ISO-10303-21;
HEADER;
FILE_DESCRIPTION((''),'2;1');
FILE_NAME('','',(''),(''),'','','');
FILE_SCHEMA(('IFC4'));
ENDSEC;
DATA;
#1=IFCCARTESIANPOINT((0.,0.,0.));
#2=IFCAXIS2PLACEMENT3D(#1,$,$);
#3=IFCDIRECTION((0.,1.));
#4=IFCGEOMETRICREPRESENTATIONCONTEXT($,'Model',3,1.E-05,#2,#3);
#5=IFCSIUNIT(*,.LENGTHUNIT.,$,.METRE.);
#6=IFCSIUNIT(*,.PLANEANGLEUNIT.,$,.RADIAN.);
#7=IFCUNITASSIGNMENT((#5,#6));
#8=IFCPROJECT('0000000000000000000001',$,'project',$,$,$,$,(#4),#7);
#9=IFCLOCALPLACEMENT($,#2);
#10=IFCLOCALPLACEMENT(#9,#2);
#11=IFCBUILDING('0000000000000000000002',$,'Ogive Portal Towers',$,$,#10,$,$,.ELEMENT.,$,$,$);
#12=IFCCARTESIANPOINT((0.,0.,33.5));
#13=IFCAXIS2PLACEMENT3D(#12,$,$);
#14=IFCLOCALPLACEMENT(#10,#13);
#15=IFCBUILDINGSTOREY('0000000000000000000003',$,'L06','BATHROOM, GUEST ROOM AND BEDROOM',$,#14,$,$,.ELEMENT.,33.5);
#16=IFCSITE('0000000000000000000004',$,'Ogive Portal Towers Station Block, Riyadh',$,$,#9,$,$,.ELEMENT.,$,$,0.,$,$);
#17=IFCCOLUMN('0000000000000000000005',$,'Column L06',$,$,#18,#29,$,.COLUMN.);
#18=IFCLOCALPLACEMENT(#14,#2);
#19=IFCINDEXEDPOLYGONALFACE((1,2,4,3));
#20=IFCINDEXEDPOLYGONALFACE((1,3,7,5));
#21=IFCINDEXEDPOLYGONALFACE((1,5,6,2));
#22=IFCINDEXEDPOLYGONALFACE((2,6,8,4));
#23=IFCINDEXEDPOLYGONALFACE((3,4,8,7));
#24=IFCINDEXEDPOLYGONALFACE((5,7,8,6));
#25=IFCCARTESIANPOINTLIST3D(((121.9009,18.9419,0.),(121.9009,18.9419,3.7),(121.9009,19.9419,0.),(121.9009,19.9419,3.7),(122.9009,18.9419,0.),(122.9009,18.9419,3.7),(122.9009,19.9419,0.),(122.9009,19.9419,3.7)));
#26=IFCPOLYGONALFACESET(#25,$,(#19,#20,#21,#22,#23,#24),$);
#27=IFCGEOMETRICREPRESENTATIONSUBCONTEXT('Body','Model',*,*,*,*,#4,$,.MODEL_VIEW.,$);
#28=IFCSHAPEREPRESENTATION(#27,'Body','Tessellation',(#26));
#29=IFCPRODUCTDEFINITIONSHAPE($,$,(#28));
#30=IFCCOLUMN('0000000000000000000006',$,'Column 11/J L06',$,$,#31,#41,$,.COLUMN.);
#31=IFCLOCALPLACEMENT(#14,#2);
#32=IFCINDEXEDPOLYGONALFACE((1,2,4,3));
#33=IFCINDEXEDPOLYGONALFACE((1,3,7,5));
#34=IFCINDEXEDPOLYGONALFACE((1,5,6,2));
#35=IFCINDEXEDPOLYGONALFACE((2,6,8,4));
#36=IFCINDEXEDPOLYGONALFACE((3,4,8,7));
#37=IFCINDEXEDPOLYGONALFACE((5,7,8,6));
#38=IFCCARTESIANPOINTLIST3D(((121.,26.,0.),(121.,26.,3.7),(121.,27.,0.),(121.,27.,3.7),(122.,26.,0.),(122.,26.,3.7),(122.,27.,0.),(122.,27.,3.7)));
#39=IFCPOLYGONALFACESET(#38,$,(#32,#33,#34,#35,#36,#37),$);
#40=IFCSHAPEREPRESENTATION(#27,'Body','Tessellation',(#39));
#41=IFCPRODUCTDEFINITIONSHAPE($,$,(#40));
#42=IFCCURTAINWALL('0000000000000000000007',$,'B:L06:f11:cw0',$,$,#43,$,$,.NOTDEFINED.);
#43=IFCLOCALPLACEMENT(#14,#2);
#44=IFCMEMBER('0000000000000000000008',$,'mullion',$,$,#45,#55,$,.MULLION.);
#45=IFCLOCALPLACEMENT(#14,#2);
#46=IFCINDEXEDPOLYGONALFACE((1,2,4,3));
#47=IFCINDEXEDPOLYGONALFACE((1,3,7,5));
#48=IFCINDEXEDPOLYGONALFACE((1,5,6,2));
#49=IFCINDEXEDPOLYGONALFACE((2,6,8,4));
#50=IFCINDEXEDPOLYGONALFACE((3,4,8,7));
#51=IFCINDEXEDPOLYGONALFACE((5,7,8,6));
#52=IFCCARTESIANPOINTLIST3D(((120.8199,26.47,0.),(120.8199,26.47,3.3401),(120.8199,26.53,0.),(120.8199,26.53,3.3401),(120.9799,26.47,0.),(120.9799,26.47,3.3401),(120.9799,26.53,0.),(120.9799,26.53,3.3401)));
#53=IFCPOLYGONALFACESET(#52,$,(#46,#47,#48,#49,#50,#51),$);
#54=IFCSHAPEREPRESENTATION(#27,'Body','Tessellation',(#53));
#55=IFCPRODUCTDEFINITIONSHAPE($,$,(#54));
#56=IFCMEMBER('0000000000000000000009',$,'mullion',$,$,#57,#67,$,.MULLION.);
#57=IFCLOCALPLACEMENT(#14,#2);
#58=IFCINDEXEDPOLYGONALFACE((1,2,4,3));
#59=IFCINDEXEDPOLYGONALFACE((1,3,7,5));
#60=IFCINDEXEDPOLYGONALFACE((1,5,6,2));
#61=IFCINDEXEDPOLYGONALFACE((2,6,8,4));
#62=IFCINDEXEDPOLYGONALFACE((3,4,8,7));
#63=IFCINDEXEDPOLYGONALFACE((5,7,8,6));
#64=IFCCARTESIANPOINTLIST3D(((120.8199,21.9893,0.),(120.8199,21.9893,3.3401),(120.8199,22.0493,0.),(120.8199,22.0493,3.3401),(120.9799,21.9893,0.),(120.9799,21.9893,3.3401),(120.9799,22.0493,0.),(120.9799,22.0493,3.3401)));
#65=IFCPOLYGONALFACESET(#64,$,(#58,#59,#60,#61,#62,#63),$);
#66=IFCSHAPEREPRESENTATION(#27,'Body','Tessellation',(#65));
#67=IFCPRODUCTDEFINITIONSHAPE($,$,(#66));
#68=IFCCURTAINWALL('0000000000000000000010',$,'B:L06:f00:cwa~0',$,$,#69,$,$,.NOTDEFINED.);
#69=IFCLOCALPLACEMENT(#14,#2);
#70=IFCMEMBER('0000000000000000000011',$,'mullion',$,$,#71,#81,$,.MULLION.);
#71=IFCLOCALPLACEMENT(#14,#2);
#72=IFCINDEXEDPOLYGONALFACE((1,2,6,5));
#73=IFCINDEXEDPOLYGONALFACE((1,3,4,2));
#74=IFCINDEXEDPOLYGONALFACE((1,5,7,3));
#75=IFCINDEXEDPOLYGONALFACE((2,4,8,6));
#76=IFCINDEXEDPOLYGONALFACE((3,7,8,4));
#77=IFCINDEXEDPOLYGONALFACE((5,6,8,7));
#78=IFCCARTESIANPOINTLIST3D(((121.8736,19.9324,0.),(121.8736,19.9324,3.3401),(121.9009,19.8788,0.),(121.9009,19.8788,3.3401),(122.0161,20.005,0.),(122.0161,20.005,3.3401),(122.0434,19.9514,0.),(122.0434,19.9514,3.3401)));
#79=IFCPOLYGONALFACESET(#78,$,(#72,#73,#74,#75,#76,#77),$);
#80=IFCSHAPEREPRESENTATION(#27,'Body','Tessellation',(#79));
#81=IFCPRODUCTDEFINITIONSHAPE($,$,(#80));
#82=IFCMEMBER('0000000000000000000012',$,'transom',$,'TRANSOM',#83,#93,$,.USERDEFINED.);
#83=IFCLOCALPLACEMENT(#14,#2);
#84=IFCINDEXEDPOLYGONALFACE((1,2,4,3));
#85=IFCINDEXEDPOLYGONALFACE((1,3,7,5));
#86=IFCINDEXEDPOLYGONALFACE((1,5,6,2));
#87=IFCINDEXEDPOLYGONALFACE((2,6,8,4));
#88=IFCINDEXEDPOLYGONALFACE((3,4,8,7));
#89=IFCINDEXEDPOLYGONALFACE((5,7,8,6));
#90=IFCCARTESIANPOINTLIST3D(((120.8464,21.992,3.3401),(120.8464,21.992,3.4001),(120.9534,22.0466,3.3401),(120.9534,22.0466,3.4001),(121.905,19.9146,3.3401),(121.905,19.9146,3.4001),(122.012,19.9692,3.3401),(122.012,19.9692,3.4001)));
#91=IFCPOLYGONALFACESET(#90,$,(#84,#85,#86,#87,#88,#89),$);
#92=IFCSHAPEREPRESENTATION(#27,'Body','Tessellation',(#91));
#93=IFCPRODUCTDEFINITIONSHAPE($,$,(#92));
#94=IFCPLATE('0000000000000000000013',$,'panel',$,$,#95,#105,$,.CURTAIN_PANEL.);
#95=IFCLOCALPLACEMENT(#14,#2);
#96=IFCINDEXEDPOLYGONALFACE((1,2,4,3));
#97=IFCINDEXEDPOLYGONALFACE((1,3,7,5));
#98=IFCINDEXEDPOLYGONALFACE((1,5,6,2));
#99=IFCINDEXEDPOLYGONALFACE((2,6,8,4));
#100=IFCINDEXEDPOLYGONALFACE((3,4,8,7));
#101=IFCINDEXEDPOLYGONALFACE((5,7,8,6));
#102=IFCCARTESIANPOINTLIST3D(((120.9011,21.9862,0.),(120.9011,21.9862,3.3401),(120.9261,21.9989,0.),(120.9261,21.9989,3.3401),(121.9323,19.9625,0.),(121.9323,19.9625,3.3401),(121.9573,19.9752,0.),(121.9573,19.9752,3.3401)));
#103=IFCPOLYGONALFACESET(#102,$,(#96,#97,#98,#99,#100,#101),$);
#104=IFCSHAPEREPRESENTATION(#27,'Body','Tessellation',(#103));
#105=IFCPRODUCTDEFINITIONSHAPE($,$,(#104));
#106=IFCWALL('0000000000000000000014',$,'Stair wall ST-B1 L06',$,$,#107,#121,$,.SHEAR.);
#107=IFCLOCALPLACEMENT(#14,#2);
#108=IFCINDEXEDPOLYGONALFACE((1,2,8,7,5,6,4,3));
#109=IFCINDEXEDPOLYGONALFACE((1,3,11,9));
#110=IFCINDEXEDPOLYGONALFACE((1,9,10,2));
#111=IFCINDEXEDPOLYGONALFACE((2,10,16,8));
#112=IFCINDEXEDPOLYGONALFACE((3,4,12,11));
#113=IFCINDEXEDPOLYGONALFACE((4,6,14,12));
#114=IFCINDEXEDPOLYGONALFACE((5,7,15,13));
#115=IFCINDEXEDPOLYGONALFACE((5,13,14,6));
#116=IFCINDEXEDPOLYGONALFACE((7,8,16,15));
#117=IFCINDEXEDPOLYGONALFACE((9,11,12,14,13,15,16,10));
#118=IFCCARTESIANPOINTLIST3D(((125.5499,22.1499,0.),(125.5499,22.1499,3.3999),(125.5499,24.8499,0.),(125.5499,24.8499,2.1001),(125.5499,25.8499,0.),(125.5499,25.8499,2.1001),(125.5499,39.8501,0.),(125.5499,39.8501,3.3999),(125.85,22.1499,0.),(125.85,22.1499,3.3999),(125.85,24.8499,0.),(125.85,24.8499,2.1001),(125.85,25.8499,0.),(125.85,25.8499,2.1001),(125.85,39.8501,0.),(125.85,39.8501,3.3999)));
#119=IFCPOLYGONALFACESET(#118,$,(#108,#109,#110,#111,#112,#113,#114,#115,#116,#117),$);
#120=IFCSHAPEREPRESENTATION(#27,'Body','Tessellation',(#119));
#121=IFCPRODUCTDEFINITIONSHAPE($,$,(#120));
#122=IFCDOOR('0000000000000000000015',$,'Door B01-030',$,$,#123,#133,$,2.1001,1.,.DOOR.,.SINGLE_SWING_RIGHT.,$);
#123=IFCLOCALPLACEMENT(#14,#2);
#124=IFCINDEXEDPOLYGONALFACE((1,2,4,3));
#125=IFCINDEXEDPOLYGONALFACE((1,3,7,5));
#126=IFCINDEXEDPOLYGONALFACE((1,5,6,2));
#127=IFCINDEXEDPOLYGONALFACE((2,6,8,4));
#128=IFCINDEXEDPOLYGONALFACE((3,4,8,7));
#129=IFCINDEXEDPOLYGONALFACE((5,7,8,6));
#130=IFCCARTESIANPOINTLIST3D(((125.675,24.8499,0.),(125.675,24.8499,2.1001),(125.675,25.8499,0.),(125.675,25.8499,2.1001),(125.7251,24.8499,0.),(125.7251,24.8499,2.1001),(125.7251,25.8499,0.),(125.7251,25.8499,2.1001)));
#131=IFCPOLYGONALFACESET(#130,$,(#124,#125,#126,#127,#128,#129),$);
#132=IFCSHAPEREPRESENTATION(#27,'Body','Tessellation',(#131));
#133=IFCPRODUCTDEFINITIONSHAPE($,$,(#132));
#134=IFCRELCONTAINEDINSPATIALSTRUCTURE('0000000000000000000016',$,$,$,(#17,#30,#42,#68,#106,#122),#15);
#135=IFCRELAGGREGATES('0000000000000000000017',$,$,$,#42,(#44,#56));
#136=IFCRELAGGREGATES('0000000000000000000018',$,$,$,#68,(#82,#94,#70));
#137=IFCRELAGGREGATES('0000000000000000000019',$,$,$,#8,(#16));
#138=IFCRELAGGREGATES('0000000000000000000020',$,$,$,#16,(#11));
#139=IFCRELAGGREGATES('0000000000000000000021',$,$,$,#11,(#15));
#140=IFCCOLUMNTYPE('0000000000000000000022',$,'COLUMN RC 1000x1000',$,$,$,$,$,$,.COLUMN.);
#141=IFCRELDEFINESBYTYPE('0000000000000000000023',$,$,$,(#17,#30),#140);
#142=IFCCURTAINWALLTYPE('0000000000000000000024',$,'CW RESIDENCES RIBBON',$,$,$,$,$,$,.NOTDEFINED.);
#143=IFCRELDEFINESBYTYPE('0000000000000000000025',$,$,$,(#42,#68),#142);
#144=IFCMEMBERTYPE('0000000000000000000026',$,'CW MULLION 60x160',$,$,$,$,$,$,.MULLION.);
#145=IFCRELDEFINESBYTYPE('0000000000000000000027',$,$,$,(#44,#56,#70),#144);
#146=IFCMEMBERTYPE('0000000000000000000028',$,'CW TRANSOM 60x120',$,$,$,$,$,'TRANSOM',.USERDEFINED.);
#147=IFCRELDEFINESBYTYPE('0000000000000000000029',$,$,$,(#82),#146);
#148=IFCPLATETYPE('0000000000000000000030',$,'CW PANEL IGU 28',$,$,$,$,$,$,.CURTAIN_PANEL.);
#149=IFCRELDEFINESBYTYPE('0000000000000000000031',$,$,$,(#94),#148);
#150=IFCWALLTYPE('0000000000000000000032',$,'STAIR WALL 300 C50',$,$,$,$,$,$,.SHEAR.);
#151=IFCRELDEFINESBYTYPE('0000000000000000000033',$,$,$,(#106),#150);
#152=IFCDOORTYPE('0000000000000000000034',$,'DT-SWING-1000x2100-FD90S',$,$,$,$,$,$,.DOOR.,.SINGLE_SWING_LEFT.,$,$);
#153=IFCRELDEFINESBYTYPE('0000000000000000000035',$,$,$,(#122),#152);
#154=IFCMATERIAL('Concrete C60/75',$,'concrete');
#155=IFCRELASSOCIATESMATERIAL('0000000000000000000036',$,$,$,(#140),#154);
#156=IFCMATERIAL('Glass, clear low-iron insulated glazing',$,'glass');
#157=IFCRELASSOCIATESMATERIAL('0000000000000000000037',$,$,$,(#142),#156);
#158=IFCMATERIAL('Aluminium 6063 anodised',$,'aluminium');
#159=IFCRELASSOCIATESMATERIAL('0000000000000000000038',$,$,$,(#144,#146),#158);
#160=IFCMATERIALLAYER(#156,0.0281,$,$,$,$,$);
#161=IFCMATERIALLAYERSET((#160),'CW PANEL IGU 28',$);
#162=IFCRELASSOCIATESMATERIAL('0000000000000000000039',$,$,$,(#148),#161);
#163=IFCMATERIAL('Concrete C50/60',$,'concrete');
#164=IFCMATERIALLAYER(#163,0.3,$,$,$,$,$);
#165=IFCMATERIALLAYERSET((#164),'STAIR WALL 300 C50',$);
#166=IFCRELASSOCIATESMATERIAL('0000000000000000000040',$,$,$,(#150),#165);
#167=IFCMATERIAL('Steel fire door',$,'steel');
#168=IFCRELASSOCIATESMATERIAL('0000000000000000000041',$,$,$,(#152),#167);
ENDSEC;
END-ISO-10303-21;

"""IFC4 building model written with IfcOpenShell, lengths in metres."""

from ifc_helpers import new_model, si_unit, direction, frame, frame_2d, origin, origin_2d, place, context, subcontext, project, spatial, rectangle, extrude, material, layer, layer_set, material_profile, profile_set, type_object, element, fill, aggregate, save


model = new_model("IFC4")

# Units and contexts
model_context = context("Model", 3, precision=1e-05, world=origin(), true_north=direction((0.0, 1.0)))
body_context = subcontext(model_context, "Body", "Model", "MODEL_VIEW")
ifc_project = project(units=[si_unit("LENGTHUNIT", "METRE"), si_unit("PLANEANGLEUNIT", "RADIAN")], contexts=[model_context])

# Site, building, storey
site_placement = place(None, origin())
site = spatial("IfcSite", under=ifc_project, at=site_placement, Name="Ogive Portal Towers Station Block, Riyadh", CompositionType="ELEMENT", RefElevation=0.0)
building_placement = place(site_placement, origin())
building = spatial("IfcBuilding", under=site, at=building_placement, Name="Ogive Portal Towers", CompositionType="ELEMENT")
storey_placement = place(building_placement, frame((0.0, 0.0, 33.5)))
storey = spatial("IfcBuildingStorey", under=building, at=storey_placement, Name="L06", Description="BATHROOM, GUEST ROOM AND BEDROOM", CompositionType="ELEMENT", Elevation=33.5)

# Columns
ifc_material_1 = material(Name="Concrete C60/75", Category="concrete")
ifc_material_profile_1 = material_profile(ifc_material_1, rectangle(XDim=1.0, YDim=1.0, at=origin_2d()), Name="RC 1000x1000")
ifc_profile_set_1 = profile_set([ifc_material_profile_1], Name="Concrete C60/75")
column_type = type_object("IfcColumnType", Name="COLUMN RC 1000x1000", PredefinedType="COLUMN", material=ifc_profile_set_1)
for number, where, z_axis, x_axis, name in (
    (1, (122.4009, 19.4419, 0.0), (0.0, 0.0, 1.0), (1.0, 0.0, 0.0), "Column L06"),
    (2, (121.5, 26.5, 0.0), (0.0, 0.0, 1.0), (1.0, 0.0, 0.0), "Column 11/J L06"),
):
    element("IfcColumn", number, at=place(storey_placement, frame(where, z_axis=z_axis, x_axis=x_axis)), inside=storey, type_object=column_type, Name=name, PredefinedType="COLUMN", context=body_context, shape_type="SweptSolid", body=[
        extrude(rectangle(XDim=1.0, YDim=1.0, at=origin_2d()), origin(), (0.0, 0.0, 1.0), 3.7),
    ])

# Curtain wall, members
ifc_material_2 = material(Name="Glass, clear low-iron insulated glazing", Category="glass")
curtain_wall_type = type_object("IfcCurtainWallType", Name="CW RESIDENCES RIBBON", PredefinedType="NOTDEFINED", material=ifc_material_2)
curtain_wall_1_placement = place(storey_placement, origin())
curtain_wall_1 = element("IfcCurtainWall", 3, at=curtain_wall_1_placement, inside=storey, type_object=curtain_wall_type, Name="B:L06:f11:cw0", PredefinedType="NOTDEFINED")
ifc_material_3 = material(Name="Aluminium 6063 anodised", Category="aluminium")
ifc_material_profile_2 = material_profile(ifc_material_3, rectangle(XDim=0.1599, YDim=0.0601, at=origin_2d()), Name="AL 60x160")
ifc_profile_set_2 = profile_set([ifc_material_profile_2], Name="Aluminium 6063 anodised")
member_type_1 = type_object("IfcMemberType", Name="CW MULLION 60x160", PredefinedType="MULLION", material=ifc_profile_set_2)
member_1_placement = place(storey_placement, frame((120.8999, 26.5, 0.0), z_axis=(0.0, 0.0, 1.0), x_axis=(1.0, 0.0, 0.0)))
member_1 = element("IfcMember", 4, at=member_1_placement, type_object=member_type_1, Name="mullion", PredefinedType="MULLION", context=body_context, shape_type="SweptSolid", body=[
    extrude(rectangle(XDim=0.1599, YDim=0.0601, at=origin_2d()), origin(), (0.0, 0.0, 1.0), 3.3401),
])
member_2_placement = place(storey_placement, frame((120.8999, 22.0193, 0.0), z_axis=(0.0, 0.0, 1.0), x_axis=(1.0, 0.0, 0.0)))
member_2 = element("IfcMember", 5, at=member_2_placement, type_object=member_type_1, Name="mullion", PredefinedType="MULLION", context=body_context, shape_type="SweptSolid", body=[
    extrude(rectangle(XDim=0.1599, YDim=0.0601, at=origin_2d()), origin(), (0.0, 0.0, 1.0), 3.3401),
])
aggregate(curtain_wall_1, [member_1, member_2])

# Curtain wall, members, plate
curtain_wall_2_placement = place(storey_placement, origin())
curtain_wall_2 = element("IfcCurtainWall", 6, at=curtain_wall_2_placement, inside=storey, type_object=curtain_wall_type, Name="B:L06:f00:cwa~0", PredefinedType="NOTDEFINED")
member_3_placement = place(storey_placement, frame((121.9585, 19.9419, 0.0), z_axis=(0.0, 0.0, 1.0), x_axis=(0.891007, 0.45399, 0.0)))
member_3 = element("IfcMember", 7, at=member_3_placement, type_object=member_type_1, Name="mullion", PredefinedType="MULLION", context=body_context, shape_type="SweptSolid", body=[
    extrude(rectangle(XDim=0.1599, YDim=0.0601, at=origin_2d()), origin(), (0.0, 0.0, 1.0), 3.3401),
])
ifc_material_profile_3 = material_profile(ifc_material_3, rectangle(XDim=0.1201, YDim=0.0601, at=origin_2d()), Name="AL 120x60")
ifc_profile_set_3 = profile_set([ifc_material_profile_3], Name="Aluminium 6063 anodised")
member_type_2 = type_object("IfcMemberType", Name="CW TRANSOM 60x120", ElementType="TRANSOM", PredefinedType="USERDEFINED", material=ifc_profile_set_3)
member_4_placement = place(storey_placement, frame((120.8999, 22.0193, 3.3701), z_axis=(0.454028, -0.890988, 0.0), x_axis=(0.890988, 0.454028, 0.0)))
member_4 = element("IfcMember", 8, at=member_4_placement, type_object=member_type_2, Name="transom", ObjectType="TRANSOM", PredefinedType="USERDEFINED", context=body_context, shape_type="SweptSolid", body=[
    extrude(rectangle(XDim=0.1201, YDim=0.0601, at=origin_2d()), origin(), (0.0, 0.0, 1.0), 2.3315),
])
ifc_layer_1 = layer(ifc_material_2, 0.0281)
ifc_layer_set_1 = layer_set([ifc_layer_1], Name="CW PANEL IGU 28")
plate_type = type_object("IfcPlateType", Name="CW PANEL IGU 28", PredefinedType="CURTAIN_PANEL", material=ifc_layer_set_1)
plate_placement = place(storey_placement, frame((121.4292, 20.9807, 0.0), z_axis=(0.0, 0.0, 1.0), x_axis=(0.45399, -0.891007, 0.0)))
plate = element("IfcPlate", 9, at=plate_placement, type_object=plate_type, Name="panel", PredefinedType="CURTAIN_PANEL", context=body_context, shape_type="SweptSolid", body=[
    extrude(rectangle(XDim=2.2712, YDim=0.0281, at=origin_2d()), origin(), (0.0, 0.0, 1.0), 3.3401),
])
aggregate(curtain_wall_2, [member_4, plate, member_3])

# Wall, opening, door
ifc_material_4 = material(Name="Concrete C50/60", Category="concrete")
ifc_layer_2 = layer(ifc_material_4, 0.3)
ifc_layer_set_2 = layer_set([ifc_layer_2], Name="STAIR WALL 300 C50")
wall_type_1 = type_object("IfcWallType", Name="STAIR WALL 300 C50", PredefinedType="SHEAR", material=ifc_layer_set_2)
wall_1_placement = place(storey_placement, frame((125.7, 22.1499, 0.0), z_axis=(0.0, 0.0, 1.0), x_axis=(0.0, 1.0, 0.0)))
wall_1 = element("IfcWall", 10, at=wall_1_placement, inside=storey, type_object=wall_type_1, Name="Stair wall ST-B1 L06", PredefinedType="SHEAR", context=body_context, shape_type="SweptSolid", body=[
    extrude(rectangle(XDim=17.7002, YDim=0.3, at=frame_2d((8.8501, 0.0))), origin(), (0.0, 0.0, 1.0), 3.3999),
])
opening_1_placement = place(wall_1_placement, frame((2.7, 0.0, 0.0)))
opening_1 = element("IfcOpeningElement", 11, at=opening_1_placement, cuts=wall_1, PredefinedType="OPENING", context=body_context, shape_type="SweptSolid", body=[
    extrude(rectangle(XDim=1.0, YDim=2.1001, at=frame_2d((0.5, 1.05))), frame((0.0, 0.1602, 0.0), z_axis=(0.0, -1.0, 0.0), x_axis=(1.0, 0.0, 0.0)), (0.0, 0.0, 1.0), 0.3201),
])
ifc_material_5 = material(Name="Steel fire door", Category="steel")
door_type_1 = type_object("IfcDoorType", Name="DT-SWING-1000x2100-FD90S", OperationType="SINGLE_SWING_LEFT", PredefinedType="DOOR", material=ifc_material_5)
door_1_placement = place(opening_1_placement, origin())
door_1 = element("IfcDoor", 12, at=door_1_placement, inside=storey, type_object=door_type_1, Name="Door B01-030", OperationType="SINGLE_SWING_RIGHT", OverallHeight=2.1001, OverallWidth=1.0, PredefinedType="DOOR", context=body_context, shape_type="SweptSolid", body=[
    extrude(rectangle(XDim=1.0, YDim=2.1001, at=frame_2d((0.5, 1.05))), frame((0.0, 0.0249, 0.0), z_axis=(0.0, -1.0, 0.0), x_axis=(1.0, 0.0, 0.0)), (0.0, 0.0, 1.0), 0.05),
])
fill(opening_1, door_1)

save(model, "model.ifc")
